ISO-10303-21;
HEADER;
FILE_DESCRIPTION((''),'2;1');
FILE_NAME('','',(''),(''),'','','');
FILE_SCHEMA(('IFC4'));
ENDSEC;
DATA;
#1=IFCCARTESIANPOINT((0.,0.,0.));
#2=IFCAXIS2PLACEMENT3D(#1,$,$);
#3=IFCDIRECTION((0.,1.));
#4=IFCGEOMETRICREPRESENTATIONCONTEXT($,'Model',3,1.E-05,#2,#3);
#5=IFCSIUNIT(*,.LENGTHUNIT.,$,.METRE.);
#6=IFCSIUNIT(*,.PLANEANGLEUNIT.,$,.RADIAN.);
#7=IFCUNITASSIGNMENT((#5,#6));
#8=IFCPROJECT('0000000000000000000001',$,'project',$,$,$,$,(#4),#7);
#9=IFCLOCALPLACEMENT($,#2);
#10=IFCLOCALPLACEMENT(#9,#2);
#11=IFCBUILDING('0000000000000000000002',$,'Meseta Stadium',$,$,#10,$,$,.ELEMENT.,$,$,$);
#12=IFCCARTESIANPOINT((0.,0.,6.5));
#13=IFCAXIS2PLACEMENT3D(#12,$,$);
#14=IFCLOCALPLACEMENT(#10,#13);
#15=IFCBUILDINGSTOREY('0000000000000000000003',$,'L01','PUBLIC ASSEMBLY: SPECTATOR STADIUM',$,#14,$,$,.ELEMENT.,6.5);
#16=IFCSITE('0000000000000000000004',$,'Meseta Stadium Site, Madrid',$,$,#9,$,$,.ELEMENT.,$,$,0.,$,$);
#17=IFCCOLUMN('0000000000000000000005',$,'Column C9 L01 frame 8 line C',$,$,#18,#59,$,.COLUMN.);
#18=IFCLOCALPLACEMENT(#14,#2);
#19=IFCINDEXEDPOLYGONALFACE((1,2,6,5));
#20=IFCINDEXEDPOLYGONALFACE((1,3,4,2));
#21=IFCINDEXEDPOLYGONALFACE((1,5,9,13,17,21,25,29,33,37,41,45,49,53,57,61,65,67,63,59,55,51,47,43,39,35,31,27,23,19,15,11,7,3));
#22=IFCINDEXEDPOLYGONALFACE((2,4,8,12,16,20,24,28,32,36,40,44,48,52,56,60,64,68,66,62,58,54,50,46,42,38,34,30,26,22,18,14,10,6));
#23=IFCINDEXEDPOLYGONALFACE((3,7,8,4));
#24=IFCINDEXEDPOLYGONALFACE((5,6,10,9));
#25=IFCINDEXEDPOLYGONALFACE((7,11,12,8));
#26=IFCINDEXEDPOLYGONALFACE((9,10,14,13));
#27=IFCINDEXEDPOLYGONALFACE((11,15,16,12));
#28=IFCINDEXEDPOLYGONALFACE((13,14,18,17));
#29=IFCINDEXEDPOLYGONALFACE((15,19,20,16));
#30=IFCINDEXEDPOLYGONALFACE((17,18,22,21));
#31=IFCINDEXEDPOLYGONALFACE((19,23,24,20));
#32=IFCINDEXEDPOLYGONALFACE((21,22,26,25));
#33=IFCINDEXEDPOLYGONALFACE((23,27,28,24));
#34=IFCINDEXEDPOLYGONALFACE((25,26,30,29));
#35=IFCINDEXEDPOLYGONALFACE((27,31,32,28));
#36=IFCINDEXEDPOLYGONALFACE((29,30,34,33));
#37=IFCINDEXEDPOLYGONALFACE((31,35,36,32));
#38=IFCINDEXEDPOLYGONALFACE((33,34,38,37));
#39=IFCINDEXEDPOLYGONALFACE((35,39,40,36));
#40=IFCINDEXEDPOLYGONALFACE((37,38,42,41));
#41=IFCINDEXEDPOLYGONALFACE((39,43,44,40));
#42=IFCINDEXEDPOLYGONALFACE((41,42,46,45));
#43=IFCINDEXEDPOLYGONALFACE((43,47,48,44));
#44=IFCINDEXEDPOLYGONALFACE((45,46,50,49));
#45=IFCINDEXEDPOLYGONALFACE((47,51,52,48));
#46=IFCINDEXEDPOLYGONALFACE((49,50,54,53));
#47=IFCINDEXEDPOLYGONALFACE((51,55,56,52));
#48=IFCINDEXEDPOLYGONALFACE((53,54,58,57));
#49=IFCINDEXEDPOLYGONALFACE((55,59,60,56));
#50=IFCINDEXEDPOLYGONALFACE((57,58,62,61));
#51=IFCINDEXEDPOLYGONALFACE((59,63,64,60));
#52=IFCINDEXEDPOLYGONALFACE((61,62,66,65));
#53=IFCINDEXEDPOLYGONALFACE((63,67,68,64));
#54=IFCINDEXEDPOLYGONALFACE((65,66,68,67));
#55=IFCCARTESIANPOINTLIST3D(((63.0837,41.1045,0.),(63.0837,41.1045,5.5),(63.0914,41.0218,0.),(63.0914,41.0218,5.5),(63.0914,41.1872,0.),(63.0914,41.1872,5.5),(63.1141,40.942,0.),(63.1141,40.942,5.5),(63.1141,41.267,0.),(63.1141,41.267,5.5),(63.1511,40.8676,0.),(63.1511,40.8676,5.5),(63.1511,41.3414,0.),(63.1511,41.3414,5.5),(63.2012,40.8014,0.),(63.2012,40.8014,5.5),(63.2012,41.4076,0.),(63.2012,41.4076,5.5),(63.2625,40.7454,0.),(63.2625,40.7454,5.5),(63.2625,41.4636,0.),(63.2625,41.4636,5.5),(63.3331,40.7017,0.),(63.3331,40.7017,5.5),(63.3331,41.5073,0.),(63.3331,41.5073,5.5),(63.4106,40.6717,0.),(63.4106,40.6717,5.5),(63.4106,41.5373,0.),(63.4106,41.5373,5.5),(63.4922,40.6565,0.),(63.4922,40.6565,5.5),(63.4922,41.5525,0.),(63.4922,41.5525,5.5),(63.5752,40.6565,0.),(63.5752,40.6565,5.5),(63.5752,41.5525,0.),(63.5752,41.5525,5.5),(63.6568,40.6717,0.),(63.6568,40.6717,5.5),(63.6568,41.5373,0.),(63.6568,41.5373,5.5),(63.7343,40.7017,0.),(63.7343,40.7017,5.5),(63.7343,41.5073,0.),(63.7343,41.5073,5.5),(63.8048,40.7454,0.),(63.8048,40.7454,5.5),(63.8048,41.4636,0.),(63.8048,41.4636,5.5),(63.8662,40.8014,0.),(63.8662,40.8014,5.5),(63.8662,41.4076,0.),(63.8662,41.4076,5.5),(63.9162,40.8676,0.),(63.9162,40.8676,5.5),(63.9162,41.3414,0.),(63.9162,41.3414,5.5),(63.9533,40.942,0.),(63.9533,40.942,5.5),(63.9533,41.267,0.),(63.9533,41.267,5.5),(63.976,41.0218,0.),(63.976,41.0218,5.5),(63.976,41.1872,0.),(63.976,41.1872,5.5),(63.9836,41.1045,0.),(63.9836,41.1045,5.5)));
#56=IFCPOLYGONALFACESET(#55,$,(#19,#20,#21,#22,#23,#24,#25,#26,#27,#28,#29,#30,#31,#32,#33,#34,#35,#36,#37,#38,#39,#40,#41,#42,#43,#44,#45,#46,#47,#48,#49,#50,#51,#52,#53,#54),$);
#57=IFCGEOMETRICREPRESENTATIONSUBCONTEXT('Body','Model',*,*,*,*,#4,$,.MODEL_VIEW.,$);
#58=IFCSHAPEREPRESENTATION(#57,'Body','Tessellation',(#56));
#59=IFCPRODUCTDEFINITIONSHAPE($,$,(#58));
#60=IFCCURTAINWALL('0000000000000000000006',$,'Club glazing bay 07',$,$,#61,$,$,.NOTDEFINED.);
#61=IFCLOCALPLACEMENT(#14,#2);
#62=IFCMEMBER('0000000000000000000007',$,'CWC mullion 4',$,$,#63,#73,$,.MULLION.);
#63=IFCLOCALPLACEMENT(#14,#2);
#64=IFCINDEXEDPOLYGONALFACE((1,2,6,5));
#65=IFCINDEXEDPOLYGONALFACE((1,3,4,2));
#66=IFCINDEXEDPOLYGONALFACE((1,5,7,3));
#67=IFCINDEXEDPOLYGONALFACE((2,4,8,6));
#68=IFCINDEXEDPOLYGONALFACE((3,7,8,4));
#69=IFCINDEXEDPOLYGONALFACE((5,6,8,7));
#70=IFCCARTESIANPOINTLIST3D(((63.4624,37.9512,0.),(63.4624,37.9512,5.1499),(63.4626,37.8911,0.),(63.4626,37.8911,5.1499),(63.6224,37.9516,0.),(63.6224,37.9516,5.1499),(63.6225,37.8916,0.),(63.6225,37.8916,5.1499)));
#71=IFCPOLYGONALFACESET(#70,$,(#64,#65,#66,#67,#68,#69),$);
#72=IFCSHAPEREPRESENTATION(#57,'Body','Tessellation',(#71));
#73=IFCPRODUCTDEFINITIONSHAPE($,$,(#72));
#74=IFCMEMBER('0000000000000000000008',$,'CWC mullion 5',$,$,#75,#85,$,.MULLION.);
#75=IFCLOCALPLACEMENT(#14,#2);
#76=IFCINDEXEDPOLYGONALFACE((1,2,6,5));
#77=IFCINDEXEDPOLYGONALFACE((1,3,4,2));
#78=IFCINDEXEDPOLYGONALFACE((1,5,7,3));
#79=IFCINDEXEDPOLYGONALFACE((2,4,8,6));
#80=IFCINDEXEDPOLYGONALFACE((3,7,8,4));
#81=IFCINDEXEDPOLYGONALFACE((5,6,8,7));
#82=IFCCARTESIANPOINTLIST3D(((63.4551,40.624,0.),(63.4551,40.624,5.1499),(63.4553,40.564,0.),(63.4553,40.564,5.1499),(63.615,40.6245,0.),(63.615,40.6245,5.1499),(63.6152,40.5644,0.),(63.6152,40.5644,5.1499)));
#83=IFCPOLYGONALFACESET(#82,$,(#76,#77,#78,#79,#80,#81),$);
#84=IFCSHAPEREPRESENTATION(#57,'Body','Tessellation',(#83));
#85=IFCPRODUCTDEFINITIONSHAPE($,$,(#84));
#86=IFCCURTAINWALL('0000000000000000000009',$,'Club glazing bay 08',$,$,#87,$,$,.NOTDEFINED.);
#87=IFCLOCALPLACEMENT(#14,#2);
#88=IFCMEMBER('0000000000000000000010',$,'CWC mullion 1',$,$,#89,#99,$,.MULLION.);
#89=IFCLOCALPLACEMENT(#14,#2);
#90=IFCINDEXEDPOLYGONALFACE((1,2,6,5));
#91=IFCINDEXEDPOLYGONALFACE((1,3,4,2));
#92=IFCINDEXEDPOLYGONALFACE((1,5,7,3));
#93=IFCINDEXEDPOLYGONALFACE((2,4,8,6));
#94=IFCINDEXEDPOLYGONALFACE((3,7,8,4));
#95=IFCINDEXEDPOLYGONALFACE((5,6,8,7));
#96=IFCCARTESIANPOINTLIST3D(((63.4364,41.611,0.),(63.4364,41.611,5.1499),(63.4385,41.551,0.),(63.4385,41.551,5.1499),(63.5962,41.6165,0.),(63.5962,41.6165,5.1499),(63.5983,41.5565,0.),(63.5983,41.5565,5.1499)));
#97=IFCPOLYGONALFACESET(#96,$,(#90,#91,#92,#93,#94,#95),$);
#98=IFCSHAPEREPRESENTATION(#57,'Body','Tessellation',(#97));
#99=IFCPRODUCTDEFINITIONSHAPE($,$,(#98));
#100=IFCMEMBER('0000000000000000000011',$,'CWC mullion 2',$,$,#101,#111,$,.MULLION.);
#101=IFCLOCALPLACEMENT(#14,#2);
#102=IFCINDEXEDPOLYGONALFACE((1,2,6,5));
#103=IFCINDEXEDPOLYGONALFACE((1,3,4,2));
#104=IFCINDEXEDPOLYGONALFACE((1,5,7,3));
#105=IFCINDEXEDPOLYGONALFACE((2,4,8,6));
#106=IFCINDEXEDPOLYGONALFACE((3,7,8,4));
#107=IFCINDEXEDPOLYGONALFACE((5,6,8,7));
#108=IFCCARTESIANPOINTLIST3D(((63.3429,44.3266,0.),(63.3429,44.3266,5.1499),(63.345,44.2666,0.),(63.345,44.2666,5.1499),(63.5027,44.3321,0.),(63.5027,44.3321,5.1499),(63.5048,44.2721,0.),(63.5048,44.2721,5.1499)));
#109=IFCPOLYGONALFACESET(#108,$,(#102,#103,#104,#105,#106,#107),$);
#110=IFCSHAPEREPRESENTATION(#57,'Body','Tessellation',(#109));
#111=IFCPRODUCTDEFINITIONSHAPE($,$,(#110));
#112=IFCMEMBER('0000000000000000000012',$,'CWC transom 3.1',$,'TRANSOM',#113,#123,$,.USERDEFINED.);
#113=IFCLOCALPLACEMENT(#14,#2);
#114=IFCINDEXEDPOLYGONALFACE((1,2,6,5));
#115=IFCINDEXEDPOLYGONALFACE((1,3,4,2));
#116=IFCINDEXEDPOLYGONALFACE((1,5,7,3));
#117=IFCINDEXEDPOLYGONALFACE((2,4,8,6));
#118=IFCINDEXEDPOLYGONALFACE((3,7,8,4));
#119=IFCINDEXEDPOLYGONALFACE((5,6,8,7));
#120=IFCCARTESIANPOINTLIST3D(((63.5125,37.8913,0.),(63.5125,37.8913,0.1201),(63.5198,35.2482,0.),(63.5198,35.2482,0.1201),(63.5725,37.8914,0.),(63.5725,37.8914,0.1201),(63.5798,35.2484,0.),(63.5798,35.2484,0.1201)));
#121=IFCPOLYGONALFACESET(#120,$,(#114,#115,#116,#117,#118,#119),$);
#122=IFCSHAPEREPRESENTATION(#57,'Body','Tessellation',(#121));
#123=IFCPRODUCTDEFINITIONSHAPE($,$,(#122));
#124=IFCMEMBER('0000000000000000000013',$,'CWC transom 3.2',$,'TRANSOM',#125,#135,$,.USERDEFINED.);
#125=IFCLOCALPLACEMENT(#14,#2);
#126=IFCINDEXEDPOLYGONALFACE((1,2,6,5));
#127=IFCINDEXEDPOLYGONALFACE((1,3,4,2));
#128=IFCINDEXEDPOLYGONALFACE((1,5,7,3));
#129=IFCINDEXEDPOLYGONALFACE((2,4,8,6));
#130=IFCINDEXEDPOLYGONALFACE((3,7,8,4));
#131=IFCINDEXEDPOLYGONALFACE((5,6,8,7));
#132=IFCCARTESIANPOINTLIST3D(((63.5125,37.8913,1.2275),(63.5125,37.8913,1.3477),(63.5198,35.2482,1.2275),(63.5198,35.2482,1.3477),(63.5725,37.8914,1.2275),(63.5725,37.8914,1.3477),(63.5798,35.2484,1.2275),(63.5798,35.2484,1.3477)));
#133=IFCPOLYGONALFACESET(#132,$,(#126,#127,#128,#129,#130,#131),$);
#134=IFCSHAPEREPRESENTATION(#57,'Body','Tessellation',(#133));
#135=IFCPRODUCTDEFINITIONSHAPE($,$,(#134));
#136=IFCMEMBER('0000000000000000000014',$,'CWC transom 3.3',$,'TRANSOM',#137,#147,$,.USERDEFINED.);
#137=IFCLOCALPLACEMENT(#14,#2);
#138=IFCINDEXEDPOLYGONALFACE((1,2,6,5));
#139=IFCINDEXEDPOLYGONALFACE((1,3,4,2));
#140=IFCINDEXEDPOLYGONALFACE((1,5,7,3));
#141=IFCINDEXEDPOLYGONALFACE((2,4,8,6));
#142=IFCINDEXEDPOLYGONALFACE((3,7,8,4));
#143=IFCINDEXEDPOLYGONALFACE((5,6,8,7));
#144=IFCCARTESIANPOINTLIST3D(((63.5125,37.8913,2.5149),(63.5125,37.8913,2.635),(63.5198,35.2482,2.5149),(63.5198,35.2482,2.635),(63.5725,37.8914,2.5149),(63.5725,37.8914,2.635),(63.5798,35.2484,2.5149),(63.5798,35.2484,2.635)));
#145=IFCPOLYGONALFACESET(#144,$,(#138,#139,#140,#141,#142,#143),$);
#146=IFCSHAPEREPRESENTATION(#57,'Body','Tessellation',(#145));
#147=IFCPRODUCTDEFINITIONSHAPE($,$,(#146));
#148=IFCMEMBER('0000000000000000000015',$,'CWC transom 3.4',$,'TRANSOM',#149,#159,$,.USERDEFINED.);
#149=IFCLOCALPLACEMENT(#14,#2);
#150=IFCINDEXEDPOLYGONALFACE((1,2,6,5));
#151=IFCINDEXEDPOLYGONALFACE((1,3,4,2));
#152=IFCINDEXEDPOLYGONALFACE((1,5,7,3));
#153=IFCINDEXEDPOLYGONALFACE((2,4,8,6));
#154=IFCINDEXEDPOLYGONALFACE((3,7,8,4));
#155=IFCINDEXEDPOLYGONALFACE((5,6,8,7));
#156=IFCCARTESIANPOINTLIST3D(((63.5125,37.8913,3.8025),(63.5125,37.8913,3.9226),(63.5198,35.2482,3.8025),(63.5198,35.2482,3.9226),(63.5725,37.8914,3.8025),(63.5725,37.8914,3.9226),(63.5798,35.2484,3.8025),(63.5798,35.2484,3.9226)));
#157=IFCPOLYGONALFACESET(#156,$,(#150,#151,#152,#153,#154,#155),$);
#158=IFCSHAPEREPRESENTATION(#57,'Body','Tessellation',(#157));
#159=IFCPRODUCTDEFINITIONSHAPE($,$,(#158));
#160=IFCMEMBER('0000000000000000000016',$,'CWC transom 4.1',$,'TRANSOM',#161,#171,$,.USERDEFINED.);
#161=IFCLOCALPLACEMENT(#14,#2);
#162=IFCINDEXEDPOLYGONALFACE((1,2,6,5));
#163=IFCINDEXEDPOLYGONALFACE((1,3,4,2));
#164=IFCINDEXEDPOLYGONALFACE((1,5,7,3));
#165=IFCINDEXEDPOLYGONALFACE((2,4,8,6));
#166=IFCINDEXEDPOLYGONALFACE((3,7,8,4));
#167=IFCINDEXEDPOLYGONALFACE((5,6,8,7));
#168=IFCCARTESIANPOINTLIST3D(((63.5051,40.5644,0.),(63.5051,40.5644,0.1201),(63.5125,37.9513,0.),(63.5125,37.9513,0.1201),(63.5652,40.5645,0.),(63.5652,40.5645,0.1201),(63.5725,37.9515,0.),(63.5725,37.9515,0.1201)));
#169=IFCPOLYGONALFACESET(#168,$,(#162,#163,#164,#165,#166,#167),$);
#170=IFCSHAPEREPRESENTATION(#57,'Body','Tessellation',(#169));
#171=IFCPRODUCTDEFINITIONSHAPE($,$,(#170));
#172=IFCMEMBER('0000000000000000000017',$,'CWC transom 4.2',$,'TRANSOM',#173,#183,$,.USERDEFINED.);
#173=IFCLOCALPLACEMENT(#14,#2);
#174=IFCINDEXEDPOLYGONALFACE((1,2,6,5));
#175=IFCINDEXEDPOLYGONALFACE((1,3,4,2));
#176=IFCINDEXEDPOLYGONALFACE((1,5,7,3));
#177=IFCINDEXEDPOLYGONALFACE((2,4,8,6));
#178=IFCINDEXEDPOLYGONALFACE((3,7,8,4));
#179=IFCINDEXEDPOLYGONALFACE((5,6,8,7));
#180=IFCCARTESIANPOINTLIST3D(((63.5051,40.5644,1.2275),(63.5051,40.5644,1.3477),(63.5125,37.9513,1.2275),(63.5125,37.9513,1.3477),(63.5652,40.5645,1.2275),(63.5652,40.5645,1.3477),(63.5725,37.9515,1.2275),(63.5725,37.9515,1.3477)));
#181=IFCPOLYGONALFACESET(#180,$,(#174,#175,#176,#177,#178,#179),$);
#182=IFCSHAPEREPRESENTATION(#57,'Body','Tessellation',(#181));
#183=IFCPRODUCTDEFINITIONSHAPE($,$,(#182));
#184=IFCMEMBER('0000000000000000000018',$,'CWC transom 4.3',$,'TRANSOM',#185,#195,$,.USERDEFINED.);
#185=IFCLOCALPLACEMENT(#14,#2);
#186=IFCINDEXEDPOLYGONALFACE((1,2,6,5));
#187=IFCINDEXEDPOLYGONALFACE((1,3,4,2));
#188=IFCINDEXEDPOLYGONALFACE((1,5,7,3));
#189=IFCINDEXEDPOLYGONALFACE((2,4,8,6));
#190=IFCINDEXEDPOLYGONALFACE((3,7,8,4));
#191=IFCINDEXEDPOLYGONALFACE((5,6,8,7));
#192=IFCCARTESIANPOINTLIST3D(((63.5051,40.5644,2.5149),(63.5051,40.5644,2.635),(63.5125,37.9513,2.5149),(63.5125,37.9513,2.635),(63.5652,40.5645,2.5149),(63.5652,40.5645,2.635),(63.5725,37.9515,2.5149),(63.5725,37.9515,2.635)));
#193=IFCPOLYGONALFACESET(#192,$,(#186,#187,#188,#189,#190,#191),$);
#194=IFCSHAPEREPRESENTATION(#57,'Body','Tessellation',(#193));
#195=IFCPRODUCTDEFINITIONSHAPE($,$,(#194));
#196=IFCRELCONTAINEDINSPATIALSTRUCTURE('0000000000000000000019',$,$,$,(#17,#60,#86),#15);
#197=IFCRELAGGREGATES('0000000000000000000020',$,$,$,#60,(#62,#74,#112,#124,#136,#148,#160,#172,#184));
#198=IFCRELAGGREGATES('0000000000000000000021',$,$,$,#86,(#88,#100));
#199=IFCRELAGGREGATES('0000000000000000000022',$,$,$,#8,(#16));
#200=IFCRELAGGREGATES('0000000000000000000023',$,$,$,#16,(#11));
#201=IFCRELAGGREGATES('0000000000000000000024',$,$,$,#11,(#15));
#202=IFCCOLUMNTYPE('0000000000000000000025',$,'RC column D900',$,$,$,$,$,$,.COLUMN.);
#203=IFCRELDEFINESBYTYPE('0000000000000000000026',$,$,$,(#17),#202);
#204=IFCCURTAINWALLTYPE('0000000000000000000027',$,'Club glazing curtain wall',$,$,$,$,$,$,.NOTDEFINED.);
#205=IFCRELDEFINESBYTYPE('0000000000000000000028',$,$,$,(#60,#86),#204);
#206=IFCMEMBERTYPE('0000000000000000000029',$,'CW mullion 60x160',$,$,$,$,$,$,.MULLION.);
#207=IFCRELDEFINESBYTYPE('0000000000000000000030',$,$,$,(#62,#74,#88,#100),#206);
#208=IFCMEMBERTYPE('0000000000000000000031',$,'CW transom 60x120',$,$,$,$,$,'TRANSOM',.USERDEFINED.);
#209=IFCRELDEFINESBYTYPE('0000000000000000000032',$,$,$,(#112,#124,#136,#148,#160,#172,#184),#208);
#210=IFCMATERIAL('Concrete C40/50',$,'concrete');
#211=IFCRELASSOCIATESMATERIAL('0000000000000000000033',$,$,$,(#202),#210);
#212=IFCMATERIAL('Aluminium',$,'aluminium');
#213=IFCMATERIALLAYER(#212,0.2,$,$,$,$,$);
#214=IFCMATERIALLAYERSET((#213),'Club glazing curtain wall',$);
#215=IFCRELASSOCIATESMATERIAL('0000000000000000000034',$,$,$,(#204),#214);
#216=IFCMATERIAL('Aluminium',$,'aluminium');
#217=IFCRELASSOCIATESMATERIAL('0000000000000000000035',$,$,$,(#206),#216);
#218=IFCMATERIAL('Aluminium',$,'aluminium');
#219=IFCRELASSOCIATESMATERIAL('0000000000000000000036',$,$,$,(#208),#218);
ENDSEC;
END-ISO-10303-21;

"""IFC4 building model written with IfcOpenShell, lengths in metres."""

from ifc_helpers import new_model, si_unit, direction, frame, origin, origin_2d, place, context, subcontext, project, spatial, rectangle, circle, extrude, material, layer, layer_set, material_profile, profile_set, type_object, element, aggregate, save


model = new_model("IFC4")

# Units and contexts
model_context = context("Model", 3, precision=1e-05, world=origin(), true_north=direction((0.0, 1.0)))
body_context = subcontext(model_context, "Body", "Model", "MODEL_VIEW")
ifc_project = project(units=[si_unit("LENGTHUNIT", "METRE"), si_unit("PLANEANGLEUNIT", "RADIAN")], contexts=[model_context])

# Site, building, storey
site_placement = place(None, origin())
site = spatial("IfcSite", under=ifc_project, at=site_placement, Name="Meseta Stadium Site, Madrid", CompositionType="ELEMENT", RefElevation=0.0)
building_placement = place(site_placement, origin())
building = spatial("IfcBuilding", under=site, at=building_placement, Name="Meseta Stadium", CompositionType="ELEMENT")
storey_placement = place(building_placement, frame((0.0, 0.0, 6.5)))
storey = spatial("IfcBuildingStorey", under=building, at=storey_placement, Name="L01", Description="PUBLIC ASSEMBLY: SPECTATOR STADIUM", CompositionType="ELEMENT", Elevation=6.5)

# Column
ifc_material_1 = material(Name="Concrete C40/50", Category="concrete")
ifc_material_profile_1 = material_profile(ifc_material_1, circle(Radius=0.45, at=origin_2d()), Name="RC D900")
ifc_profile_set_1 = profile_set([ifc_material_profile_1], Name="Concrete C40/50")
column_type = type_object("IfcColumnType", Name="RC column D900", PredefinedType="COLUMN", material=ifc_profile_set_1)
column_placement = place(storey_placement, frame((63.5337, 41.1045, 0.0), z_axis=(0.0, 0.0, 1.0), x_axis=(1.0, 0.0, 0.0)))
element("IfcColumn", 1, at=column_placement, inside=storey, type_object=column_type, Name="Column C9 L01 frame 8 line C", PredefinedType="COLUMN", context=body_context, shape_type="SweptSolid", body=[
    extrude(circle(Radius=0.45, at=origin_2d()), origin(), (0.0, 0.0, 1.0), 5.5),
])

# Curtain walls, members
ifc_material_2 = material(Name="Aluminium", Category="aluminium")
ifc_layer_1 = layer(ifc_material_2, 0.2)
ifc_layer_set_1 = layer_set([ifc_layer_1], Name="Club glazing curtain wall")
curtain_wall_type = type_object("IfcCurtainWallType", Name="Club glazing curtain wall", PredefinedType="NOTDEFINED", material=ifc_layer_set_1)
curtain_wall_1_placement = place(storey_placement, origin())
curtain_wall_1 = element("IfcCurtainWall", 2, at=curtain_wall_1_placement, inside=storey, type_object=curtain_wall_type, Name="Club glazing bay 07", PredefinedType="NOTDEFINED")
ifc_material_3 = material(Name="Aluminium", Category="aluminium")
ifc_material_profile_2 = material_profile(ifc_material_3, rectangle(XDim=0.1599, YDim=0.0601, at=origin_2d()), Name="CW 160x60")
ifc_profile_set_2 = profile_set([ifc_material_profile_2], Name="Aluminium")
member_type_1 = type_object("IfcMemberType", Name="CW mullion 60x160", PredefinedType="MULLION", material=ifc_profile_set_2)
member_1_placement = place(storey_placement, frame((63.5425, 37.9214, 0.0), z_axis=(0.0, 0.0, 1.0), x_axis=(-0.999996, -0.002758, 0.0)))
member_1 = element("IfcMember", 3, at=member_1_placement, type_object=member_type_1, Name="CWC mullion 4", PredefinedType="MULLION", context=body_context, shape_type="SweptSolid", body=[
    extrude(rectangle(XDim=0.1599, YDim=0.0601, at=origin_2d()), origin(), (0.0, 0.0, 1.0), 5.1499),
])
member_2_placement = place(storey_placement, frame((63.5352, 40.5942, 0.0), z_axis=(0.0, 0.0, 1.0), x_axis=(-0.999996, -0.002758, 0.0)))
member_2 = element("IfcMember", 4, at=member_2_placement, type_object=member_type_1, Name="CWC mullion 5", PredefinedType="MULLION", context=body_context, shape_type="SweptSolid", body=[
    extrude(rectangle(XDim=0.1599, YDim=0.0601, at=origin_2d()), origin(), (0.0, 0.0, 1.0), 5.1499),
])
curtain_wall_2_placement = place(storey_placement, origin())
curtain_wall_2 = element("IfcCurtainWall", 5, at=curtain_wall_2_placement, inside=storey, type_object=curtain_wall_type, Name="Club glazing bay 08", PredefinedType="NOTDEFINED")
member_3_placement = place(storey_placement, frame((63.5173, 41.5837, 0.0), z_axis=(0.0, 0.0, 1.0), x_axis=(-0.999408, -0.034398, 0.0)))
member_3 = element("IfcMember", 6, at=member_3_placement, type_object=member_type_1, Name="CWC mullion 1", PredefinedType="MULLION", context=body_context, shape_type="SweptSolid", body=[
    extrude(rectangle(XDim=0.1599, YDim=0.0601, at=origin_2d()), origin(), (0.0, 0.0, 1.0), 5.1499),
])
member_4_placement = place(storey_placement, frame((63.4238, 44.2993, 0.0), z_axis=(0.0, 0.0, 1.0), x_axis=(-0.999408, -0.034398, 0.0)))
member_4 = element("IfcMember", 7, at=member_4_placement, type_object=member_type_1, Name="CWC mullion 2", PredefinedType="MULLION", context=body_context, shape_type="SweptSolid", body=[
    extrude(rectangle(XDim=0.1599, YDim=0.0601, at=origin_2d()), origin(), (0.0, 0.0, 1.0), 5.1499),
])

# Members
ifc_material_4 = material(Name="Aluminium", Category="aluminium")
ifc_material_profile_3 = material_profile(ifc_material_4, rectangle(XDim=0.0601, YDim=0.1201, at=origin_2d()), Name="CW 60x120")
ifc_profile_set_3 = profile_set([ifc_material_profile_3], Name="Aluminium")
member_type_2 = type_object("IfcMemberType", Name="CW transom 60x120", ElementType="TRANSOM", PredefinedType="USERDEFINED", material=ifc_profile_set_3)
member_5_placement = place(storey_placement, frame((63.5498, 35.2483, 0.0601), z_axis=(-0.002771, 0.999996, 0.0), x_axis=(-0.999996, -0.002771, 0.0)))
member_5 = element("IfcMember", 8, at=member_5_placement, type_object=member_type_2, Name="CWC transom 3.1", ObjectType="TRANSOM", PredefinedType="USERDEFINED", context=body_context, shape_type="SweptSolid", body=[
    extrude(rectangle(XDim=0.0601, YDim=0.1201, at=origin_2d()), origin(), (0.0, 0.0, 1.0), 2.6431),
])
member_6_placement = place(storey_placement, frame((63.5498, 35.2483, 1.2876), z_axis=(-0.002771, 0.999996, 0.0), x_axis=(-0.999996, -0.002771, 0.0)))
member_6 = element("IfcMember", 9, at=member_6_placement, type_object=member_type_2, Name="CWC transom 3.2", ObjectType="TRANSOM", PredefinedType="USERDEFINED", context=body_context, shape_type="SweptSolid", body=[
    extrude(rectangle(XDim=0.0601, YDim=0.1201, at=origin_2d()), origin(), (0.0, 0.0, 1.0), 2.6431),
])
member_7_placement = place(storey_placement, frame((63.5498, 35.2483, 2.575), z_axis=(-0.002771, 0.999996, 0.0), x_axis=(-0.999996, -0.002771, 0.0)))
member_7 = element("IfcMember", 10, at=member_7_placement, type_object=member_type_2, Name="CWC transom 3.3", ObjectType="TRANSOM", PredefinedType="USERDEFINED", context=body_context, shape_type="SweptSolid", body=[
    extrude(rectangle(XDim=0.0601, YDim=0.1201, at=origin_2d()), origin(), (0.0, 0.0, 1.0), 2.6431),
])
member_8_placement = place(storey_placement, frame((63.5498, 35.2483, 3.8625), z_axis=(-0.002771, 0.999996, 0.0), x_axis=(-0.999996, -0.002771, 0.0)))
member_8 = element("IfcMember", 11, at=member_8_placement, type_object=member_type_2, Name="CWC transom 3.4", ObjectType="TRANSOM", PredefinedType="USERDEFINED", context=body_context, shape_type="SweptSolid", body=[
    extrude(rectangle(XDim=0.0601, YDim=0.1201, at=origin_2d()), origin(), (0.0, 0.0, 1.0), 2.6431),
])
member_9_placement = place(storey_placement, frame((63.5425, 37.9514, 0.0601), z_axis=(-0.002803, 0.999996, 0.0), x_axis=(-0.999996, -0.002803, 0.0)))
member_9 = element("IfcMember", 12, at=member_9_placement, type_object=member_type_2, Name="CWC transom 4.1", ObjectType="TRANSOM", PredefinedType="USERDEFINED", context=body_context, shape_type="SweptSolid", body=[
    extrude(rectangle(XDim=0.0601, YDim=0.1201, at=origin_2d()), origin(), (0.0, 0.0, 1.0), 2.613),
])
member_10_placement = place(storey_placement, frame((63.5425, 37.9514, 1.2876), z_axis=(-0.002803, 0.999996, 0.0), x_axis=(-0.999996, -0.002803, 0.0)))
member_10 = element("IfcMember", 13, at=member_10_placement, type_object=member_type_2, Name="CWC transom 4.2", ObjectType="TRANSOM", PredefinedType="USERDEFINED", context=body_context, shape_type="SweptSolid", body=[
    extrude(rectangle(XDim=0.0601, YDim=0.1201, at=origin_2d()), origin(), (0.0, 0.0, 1.0), 2.613),
])
member_11_placement = place(storey_placement, frame((63.5425, 37.9514, 2.575), z_axis=(-0.002803, 0.999996, 0.0), x_axis=(-0.999996, -0.002803, 0.0)))
member_11 = element("IfcMember", 14, at=member_11_placement, type_object=member_type_2, Name="CWC transom 4.3", ObjectType="TRANSOM", PredefinedType="USERDEFINED", context=body_context, shape_type="SweptSolid", body=[
    extrude(rectangle(XDim=0.0601, YDim=0.1201, at=origin_2d()), origin(), (0.0, 0.0, 1.0), 2.613),
])

aggregate(curtain_wall_1, [member_1, member_2, member_5, member_6, member_7, member_8, member_9, member_10, member_11])
aggregate(curtain_wall_2, [member_3, member_4])

save(model, "model.ifc")
